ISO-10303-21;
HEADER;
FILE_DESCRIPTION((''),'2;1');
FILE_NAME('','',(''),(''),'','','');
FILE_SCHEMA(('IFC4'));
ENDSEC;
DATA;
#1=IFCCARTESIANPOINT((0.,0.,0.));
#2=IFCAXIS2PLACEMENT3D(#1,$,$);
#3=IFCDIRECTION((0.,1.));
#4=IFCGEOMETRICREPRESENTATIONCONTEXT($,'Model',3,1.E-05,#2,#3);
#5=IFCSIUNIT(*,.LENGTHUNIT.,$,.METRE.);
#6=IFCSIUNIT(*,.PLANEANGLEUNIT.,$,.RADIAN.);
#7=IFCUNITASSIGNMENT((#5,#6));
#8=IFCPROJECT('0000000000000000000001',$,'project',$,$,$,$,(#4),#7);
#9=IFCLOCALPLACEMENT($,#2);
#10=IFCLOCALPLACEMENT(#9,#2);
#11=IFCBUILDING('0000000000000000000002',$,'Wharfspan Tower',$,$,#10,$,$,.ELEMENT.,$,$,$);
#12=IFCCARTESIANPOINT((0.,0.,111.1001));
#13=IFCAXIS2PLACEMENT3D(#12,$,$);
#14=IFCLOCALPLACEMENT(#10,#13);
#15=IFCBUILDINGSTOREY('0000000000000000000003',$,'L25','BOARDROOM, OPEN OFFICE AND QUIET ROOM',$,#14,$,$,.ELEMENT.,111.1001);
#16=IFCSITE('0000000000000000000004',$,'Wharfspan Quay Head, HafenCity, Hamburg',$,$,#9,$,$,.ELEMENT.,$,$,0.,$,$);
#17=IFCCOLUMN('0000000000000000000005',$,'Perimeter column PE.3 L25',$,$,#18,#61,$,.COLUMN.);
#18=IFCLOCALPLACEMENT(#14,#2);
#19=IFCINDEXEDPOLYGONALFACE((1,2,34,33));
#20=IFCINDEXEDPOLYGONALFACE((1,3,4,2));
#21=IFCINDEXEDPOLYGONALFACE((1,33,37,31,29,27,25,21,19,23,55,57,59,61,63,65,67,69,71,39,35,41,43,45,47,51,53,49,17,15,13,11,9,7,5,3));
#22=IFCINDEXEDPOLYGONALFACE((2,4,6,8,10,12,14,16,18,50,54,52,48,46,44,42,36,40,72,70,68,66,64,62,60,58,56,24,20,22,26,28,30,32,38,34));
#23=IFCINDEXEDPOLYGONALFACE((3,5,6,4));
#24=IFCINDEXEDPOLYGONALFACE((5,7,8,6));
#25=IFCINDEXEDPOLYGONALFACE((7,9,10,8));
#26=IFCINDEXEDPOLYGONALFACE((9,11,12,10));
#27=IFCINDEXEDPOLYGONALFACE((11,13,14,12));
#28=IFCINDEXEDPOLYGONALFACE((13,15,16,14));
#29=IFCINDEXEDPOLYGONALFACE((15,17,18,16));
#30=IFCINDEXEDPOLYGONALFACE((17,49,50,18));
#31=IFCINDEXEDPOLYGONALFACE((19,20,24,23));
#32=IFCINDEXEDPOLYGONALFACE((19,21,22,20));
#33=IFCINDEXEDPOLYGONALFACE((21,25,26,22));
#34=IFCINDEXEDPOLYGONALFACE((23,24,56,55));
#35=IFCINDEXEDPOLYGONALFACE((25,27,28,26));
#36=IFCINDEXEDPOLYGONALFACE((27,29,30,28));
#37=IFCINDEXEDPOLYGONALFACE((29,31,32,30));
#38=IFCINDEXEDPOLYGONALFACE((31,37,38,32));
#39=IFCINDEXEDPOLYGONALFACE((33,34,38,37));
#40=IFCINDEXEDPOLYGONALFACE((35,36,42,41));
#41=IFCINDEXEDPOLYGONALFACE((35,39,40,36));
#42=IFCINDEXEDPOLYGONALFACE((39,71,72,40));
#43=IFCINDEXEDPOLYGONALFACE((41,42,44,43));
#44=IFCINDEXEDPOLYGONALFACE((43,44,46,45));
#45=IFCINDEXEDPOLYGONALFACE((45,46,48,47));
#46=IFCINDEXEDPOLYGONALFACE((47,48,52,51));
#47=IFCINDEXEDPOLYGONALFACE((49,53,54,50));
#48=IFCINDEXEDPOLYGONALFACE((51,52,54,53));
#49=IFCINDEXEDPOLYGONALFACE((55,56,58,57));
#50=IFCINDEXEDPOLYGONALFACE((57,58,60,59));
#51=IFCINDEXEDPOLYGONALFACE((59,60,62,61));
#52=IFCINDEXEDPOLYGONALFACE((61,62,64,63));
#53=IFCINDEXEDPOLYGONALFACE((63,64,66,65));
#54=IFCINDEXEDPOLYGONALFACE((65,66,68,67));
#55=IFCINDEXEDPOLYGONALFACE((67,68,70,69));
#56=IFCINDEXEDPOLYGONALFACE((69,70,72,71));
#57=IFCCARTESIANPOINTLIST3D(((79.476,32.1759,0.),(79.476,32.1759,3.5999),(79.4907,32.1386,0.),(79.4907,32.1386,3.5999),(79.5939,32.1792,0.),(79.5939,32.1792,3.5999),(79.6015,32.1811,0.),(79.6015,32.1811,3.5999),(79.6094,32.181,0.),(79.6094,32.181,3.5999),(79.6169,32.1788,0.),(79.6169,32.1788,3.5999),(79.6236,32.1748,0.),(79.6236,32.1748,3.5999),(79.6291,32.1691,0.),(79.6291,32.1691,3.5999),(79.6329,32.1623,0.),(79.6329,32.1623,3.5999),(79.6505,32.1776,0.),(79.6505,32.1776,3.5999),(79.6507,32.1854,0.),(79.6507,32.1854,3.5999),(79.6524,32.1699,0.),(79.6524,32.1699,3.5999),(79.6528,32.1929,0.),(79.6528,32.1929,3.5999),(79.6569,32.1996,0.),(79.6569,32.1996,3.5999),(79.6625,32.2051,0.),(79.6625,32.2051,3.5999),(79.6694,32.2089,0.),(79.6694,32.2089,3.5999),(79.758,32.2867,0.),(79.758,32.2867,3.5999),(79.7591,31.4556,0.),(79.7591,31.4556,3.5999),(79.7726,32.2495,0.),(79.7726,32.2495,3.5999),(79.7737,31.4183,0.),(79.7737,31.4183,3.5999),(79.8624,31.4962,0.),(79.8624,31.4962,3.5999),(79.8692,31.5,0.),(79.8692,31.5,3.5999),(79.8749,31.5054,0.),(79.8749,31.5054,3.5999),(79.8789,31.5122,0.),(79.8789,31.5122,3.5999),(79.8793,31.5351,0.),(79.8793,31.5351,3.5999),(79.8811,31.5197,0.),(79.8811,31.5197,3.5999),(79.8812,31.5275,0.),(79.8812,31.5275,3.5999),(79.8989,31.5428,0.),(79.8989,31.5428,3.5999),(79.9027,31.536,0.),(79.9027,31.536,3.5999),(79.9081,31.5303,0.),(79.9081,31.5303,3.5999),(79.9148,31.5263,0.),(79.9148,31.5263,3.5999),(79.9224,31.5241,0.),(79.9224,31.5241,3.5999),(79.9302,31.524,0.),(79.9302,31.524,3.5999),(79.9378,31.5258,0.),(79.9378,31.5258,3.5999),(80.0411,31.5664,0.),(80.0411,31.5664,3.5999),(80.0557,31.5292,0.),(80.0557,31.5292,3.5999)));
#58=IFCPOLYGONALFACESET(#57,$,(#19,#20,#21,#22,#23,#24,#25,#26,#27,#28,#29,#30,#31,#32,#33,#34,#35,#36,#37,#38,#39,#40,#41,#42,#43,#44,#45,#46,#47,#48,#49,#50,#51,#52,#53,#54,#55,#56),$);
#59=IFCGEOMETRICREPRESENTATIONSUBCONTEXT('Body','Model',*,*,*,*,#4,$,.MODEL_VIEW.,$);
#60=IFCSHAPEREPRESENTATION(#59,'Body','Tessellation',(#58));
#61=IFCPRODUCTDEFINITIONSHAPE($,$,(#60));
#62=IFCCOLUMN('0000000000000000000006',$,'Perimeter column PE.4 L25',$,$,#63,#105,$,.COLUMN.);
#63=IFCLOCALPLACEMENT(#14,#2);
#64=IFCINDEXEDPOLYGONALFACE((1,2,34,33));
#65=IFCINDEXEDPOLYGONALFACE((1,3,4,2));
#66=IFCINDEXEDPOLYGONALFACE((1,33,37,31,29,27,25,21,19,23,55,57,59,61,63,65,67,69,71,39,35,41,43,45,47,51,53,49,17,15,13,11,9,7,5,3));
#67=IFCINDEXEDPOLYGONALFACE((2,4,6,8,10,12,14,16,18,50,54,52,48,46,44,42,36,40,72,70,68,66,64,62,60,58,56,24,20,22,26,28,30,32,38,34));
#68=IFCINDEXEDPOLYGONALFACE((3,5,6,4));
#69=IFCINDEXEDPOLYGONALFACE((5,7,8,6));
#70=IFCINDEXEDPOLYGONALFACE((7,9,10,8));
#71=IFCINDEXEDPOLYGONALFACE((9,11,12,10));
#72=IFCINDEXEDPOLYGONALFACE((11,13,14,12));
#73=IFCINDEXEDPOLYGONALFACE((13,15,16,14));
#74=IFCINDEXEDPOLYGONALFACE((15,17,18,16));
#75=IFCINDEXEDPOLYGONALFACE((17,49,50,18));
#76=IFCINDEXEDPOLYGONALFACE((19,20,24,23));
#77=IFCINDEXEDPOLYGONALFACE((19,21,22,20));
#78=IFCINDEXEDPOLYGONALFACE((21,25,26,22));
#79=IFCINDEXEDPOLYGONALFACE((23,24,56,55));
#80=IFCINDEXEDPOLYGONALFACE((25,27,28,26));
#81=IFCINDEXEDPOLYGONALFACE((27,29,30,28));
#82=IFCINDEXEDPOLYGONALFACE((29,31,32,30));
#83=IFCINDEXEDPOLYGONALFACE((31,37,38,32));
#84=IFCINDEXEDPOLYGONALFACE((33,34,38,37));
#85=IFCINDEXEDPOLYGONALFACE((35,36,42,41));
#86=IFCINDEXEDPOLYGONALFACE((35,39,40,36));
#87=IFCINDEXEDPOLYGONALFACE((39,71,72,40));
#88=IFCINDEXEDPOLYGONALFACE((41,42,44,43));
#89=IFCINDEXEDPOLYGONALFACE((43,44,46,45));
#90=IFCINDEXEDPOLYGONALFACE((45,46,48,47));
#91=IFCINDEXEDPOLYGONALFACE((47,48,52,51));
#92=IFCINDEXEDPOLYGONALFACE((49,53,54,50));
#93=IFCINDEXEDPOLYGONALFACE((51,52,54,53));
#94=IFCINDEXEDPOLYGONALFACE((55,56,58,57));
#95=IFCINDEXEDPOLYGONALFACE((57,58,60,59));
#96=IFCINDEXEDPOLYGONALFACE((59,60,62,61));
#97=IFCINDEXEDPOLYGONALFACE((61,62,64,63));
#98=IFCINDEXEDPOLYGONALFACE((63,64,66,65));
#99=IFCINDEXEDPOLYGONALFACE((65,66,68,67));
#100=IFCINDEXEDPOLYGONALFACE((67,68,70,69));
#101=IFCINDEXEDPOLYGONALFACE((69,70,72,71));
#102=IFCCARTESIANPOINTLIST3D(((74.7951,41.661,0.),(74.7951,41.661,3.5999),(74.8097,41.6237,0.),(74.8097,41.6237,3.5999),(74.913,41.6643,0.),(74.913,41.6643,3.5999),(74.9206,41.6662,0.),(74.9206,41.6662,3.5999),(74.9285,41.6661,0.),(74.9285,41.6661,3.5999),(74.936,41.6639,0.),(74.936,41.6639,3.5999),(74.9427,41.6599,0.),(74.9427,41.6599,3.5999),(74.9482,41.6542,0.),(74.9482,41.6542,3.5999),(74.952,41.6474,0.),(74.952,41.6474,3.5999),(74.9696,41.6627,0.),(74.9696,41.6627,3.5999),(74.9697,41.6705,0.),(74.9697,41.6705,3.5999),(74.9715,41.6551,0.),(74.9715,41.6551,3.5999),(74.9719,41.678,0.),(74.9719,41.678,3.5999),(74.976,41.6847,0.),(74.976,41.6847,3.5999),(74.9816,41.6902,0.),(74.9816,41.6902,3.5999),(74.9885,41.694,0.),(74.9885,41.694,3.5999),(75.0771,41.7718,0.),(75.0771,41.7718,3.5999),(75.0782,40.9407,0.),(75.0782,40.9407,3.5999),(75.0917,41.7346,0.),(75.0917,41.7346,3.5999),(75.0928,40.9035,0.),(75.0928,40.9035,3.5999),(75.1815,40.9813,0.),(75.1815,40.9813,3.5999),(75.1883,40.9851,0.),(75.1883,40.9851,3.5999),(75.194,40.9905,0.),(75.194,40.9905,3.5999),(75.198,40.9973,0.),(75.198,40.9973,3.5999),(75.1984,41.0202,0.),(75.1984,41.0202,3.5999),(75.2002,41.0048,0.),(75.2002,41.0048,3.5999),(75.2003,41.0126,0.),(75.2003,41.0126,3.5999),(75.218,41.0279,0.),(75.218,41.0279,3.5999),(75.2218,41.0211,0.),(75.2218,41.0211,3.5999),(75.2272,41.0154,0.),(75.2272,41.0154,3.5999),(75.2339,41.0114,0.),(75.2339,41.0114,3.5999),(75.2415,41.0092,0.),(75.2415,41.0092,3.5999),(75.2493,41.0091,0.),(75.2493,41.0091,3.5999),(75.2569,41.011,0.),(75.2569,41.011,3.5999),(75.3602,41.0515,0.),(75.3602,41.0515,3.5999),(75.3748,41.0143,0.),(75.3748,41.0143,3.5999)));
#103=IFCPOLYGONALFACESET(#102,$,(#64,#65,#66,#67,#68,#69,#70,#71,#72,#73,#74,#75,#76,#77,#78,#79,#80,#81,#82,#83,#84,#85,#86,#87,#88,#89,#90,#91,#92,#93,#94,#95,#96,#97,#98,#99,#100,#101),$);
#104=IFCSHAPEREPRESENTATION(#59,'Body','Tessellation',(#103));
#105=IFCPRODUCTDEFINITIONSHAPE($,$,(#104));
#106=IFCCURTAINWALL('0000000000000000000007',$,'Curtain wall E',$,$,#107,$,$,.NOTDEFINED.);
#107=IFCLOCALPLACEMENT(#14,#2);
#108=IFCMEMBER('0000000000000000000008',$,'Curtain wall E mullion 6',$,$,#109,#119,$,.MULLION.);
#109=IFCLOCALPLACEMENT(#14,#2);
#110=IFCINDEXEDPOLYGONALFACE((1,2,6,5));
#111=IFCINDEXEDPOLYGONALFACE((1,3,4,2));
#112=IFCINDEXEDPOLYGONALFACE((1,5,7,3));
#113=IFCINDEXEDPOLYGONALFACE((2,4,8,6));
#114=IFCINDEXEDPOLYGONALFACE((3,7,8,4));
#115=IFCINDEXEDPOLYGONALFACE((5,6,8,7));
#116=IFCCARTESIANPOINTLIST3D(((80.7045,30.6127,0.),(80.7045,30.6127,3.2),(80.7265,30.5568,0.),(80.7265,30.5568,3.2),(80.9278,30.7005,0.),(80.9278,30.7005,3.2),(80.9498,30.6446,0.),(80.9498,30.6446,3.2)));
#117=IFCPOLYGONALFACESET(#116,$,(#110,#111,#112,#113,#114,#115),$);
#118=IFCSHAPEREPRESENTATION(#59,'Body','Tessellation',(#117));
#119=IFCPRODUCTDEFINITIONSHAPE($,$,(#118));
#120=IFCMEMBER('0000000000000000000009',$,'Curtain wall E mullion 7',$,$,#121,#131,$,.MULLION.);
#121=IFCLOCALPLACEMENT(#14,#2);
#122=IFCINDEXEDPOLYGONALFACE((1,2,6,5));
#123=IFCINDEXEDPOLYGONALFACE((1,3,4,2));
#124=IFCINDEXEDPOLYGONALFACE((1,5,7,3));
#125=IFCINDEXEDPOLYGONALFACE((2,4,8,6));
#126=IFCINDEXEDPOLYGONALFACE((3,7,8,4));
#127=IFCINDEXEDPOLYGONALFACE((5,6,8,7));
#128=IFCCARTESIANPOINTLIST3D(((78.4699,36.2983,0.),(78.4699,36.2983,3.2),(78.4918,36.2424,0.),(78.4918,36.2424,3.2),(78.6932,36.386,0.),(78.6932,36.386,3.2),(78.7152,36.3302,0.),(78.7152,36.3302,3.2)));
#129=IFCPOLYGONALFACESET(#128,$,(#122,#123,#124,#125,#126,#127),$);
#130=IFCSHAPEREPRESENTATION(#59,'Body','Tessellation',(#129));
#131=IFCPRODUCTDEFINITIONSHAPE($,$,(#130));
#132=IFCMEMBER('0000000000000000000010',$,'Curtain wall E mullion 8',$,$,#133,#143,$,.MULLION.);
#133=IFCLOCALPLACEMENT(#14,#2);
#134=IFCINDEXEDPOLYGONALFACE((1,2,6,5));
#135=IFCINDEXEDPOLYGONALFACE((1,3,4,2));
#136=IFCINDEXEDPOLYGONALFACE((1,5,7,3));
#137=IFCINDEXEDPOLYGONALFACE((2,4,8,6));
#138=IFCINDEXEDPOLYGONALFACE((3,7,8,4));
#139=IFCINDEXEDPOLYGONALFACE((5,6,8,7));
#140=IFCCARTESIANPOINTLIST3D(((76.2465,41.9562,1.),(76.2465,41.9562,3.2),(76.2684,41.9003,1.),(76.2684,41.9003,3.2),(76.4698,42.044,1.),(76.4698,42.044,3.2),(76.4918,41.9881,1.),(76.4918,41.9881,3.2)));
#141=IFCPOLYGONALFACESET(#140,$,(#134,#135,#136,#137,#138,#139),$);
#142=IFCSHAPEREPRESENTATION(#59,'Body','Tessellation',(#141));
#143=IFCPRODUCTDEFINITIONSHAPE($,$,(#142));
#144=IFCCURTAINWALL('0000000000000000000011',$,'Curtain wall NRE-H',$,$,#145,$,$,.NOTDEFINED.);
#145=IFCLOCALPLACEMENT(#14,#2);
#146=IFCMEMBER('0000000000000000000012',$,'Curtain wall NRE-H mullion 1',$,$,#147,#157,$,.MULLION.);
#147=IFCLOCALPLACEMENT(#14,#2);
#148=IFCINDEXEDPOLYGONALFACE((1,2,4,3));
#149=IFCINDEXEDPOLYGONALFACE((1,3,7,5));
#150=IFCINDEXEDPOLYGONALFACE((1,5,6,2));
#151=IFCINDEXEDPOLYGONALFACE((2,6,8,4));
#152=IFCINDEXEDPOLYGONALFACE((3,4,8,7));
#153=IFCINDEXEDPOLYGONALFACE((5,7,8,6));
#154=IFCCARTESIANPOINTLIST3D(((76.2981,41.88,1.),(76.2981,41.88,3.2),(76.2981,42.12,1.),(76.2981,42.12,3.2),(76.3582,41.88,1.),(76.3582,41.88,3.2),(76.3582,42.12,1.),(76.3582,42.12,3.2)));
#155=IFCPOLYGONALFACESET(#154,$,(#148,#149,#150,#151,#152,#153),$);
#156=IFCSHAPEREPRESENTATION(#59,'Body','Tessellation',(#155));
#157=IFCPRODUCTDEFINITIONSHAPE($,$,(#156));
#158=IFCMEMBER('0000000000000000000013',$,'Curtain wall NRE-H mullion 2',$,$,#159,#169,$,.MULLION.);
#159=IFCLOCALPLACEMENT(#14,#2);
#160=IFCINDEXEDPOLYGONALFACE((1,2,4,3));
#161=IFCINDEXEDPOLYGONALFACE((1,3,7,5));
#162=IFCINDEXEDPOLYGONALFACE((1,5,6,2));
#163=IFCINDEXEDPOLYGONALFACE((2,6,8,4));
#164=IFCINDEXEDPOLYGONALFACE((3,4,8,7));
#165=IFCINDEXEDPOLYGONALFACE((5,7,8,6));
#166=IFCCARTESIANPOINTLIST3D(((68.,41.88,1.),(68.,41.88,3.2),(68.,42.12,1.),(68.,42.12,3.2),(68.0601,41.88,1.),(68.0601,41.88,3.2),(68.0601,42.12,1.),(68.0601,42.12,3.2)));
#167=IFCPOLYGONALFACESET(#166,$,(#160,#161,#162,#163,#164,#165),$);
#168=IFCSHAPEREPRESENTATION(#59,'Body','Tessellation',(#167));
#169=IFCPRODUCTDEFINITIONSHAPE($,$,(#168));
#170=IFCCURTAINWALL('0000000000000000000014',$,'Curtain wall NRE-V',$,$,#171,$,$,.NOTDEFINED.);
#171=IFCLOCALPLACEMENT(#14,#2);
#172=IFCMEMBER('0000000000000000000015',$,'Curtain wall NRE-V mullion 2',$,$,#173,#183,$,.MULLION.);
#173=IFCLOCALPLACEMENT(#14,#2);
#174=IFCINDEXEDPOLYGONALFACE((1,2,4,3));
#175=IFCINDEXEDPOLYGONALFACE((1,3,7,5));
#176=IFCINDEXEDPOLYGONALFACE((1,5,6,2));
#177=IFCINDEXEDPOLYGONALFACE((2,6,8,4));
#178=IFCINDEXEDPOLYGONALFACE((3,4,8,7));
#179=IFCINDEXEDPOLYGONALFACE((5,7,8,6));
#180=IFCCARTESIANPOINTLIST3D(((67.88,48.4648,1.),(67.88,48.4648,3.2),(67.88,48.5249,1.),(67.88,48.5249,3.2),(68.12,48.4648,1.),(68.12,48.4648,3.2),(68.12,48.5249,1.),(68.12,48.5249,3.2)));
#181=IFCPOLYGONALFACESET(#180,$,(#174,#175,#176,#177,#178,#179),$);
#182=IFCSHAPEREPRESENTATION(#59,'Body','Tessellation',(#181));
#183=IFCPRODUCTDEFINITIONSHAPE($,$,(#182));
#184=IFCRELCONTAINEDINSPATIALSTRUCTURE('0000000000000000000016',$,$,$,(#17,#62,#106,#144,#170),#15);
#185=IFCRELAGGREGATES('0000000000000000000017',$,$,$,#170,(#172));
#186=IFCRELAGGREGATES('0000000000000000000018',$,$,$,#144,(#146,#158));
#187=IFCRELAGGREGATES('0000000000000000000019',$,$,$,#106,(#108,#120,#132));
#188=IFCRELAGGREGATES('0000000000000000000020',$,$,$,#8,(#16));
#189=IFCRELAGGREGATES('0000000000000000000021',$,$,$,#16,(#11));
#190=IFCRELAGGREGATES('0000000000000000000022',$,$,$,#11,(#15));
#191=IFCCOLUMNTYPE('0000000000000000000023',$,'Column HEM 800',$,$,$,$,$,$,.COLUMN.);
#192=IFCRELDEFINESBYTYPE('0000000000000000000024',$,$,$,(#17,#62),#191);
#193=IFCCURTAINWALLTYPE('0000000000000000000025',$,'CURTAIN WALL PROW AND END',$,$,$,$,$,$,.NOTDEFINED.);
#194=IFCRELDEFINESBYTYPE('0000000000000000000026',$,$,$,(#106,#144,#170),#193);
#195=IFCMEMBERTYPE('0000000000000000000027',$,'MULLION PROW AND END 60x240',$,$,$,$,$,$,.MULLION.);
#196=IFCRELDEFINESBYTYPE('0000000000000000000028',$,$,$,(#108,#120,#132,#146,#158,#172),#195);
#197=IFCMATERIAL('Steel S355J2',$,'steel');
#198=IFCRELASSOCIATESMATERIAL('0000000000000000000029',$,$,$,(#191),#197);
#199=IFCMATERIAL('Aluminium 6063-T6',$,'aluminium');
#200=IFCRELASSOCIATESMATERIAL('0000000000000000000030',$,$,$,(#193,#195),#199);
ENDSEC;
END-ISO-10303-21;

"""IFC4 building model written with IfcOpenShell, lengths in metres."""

from ifc_helpers import new_model, si_unit, direction, frame, origin, origin_2d, place, context, subcontext, project, spatial, rectangle, i_section, extrude, material, material_profile, profile_set, type_object, element, aggregate, save


model = new_model("IFC4")

# Units and contexts
model_context = context("Model", 3, precision=1e-05, world=origin(), true_north=direction((0.0, 1.0)))
body_context = subcontext(model_context, "Body", "Model", "MODEL_VIEW")
ifc_project = project(units=[si_unit("LENGTHUNIT", "METRE"), si_unit("PLANEANGLEUNIT", "RADIAN")], contexts=[model_context])

# Site, building, storey
site_placement = place(None, origin())
site = spatial("IfcSite", under=ifc_project, at=site_placement, Name="Wharfspan Quay Head, HafenCity, Hamburg", CompositionType="ELEMENT", RefElevation=0.0)
building_placement = place(site_placement, origin())
building = spatial("IfcBuilding", under=site, at=building_placement, Name="Wharfspan Tower", CompositionType="ELEMENT")
storey_placement = place(building_placement, frame((0.0, 0.0, 111.1001)))
storey = spatial("IfcBuildingStorey", under=building, at=storey_placement, Name="L25", Description="BOARDROOM, OPEN OFFICE AND QUIET ROOM", CompositionType="ELEMENT", Elevation=111.1001)

# Columns
ifc_material_1 = material(Name="Steel S355J2", Category="steel")
ifc_material_profile_1 = material_profile(ifc_material_1, i_section(OverallWidth=0.303, OverallDepth=0.814, WebThickness=0.021, FlangeThickness=0.04, FilletRadius=0.03, at=origin_2d()))
ifc_profile_set_1 = profile_set([ifc_material_profile_1], Name="Steel S355J2")
column_type = type_object("IfcColumnType", Name="Column HEM 800", PredefinedType="COLUMN", material=ifc_profile_set_1)
for number, where, z_axis, x_axis, name in (
    (1, (79.7659, 31.8525, 0.0), (0.0, 0.0, 1.0), (0.930702, 0.365778, 0.0), "Perimeter column PE.3 L25"),
    (2, (75.085, 41.3376, 0.0), (0.0, 0.0, 1.0), (0.930702, 0.365778, 0.0), "Perimeter column PE.4 L25"),
):
    element("IfcColumn", number, at=place(storey_placement, frame(where, z_axis=z_axis, x_axis=x_axis)), inside=storey, type_object=column_type, Name=name, PredefinedType="COLUMN", context=body_context, shape_type="SweptSolid", body=[
        extrude(i_section(OverallWidth=0.303, OverallDepth=0.814, WebThickness=0.021, FlangeThickness=0.04, FilletRadius=0.03, at=origin_2d()), origin(), (0.0, 0.0, 1.0), 3.5999),
    ])

# Curtain walls, members
ifc_material_2 = material(Name="Aluminium 6063-T6", Category="aluminium")
curtain_wall_type = type_object("IfcCurtainWallType", Name="CURTAIN WALL PROW AND END", PredefinedType="NOTDEFINED", material=ifc_material_2)
curtain_wall_1_placement = place(storey_placement, origin())
curtain_wall_1 = element("IfcCurtainWall", 3, at=curtain_wall_1_placement, inside=storey, type_object=curtain_wall_type, Name="Curtain wall E", PredefinedType="NOTDEFINED")
ifc_material_profile_2 = material_profile(ifc_material_2, rectangle(XDim=0.24, YDim=0.0601, at=origin_2d()))
ifc_profile_set_2 = profile_set([ifc_material_profile_2], Name="Aluminium 6063-T6")
member_type_1 = type_object("IfcMemberType", Name="MULLION PROW AND END 60x240", PredefinedType="MULLION", material=ifc_profile_set_2)
member_1_placement = place(storey_placement, frame((80.8271, 30.6287, 0.0), z_axis=(0.0, 0.0, 1.0), x_axis=(-0.930702, -0.365778, 0.0)))
member_1 = element("IfcMember", 4, at=member_1_placement, type_object=member_type_1, Name="Curtain wall E mullion 6", PredefinedType="MULLION", context=body_context, shape_type="SweptSolid", body=[
    extrude(rectangle(XDim=0.24, YDim=0.0601, at=origin_2d()), origin(), (0.0, 0.0, 1.0), 3.2),
])
member_2_placement = place(storey_placement, frame((78.5925, 36.3142, 0.0), z_axis=(0.0, 0.0, 1.0), x_axis=(-0.930702, -0.365778, 0.0)))
member_2 = element("IfcMember", 5, at=member_2_placement, type_object=member_type_1, Name="Curtain wall E mullion 7", PredefinedType="MULLION", context=body_context, shape_type="SweptSolid", body=[
    extrude(rectangle(XDim=0.24, YDim=0.0601, at=origin_2d()), origin(), (0.0, 0.0, 1.0), 3.2),
])
member_3_placement = place(storey_placement, frame((76.3691, 41.9722, 1.0), z_axis=(0.0, 0.0, 1.0), x_axis=(-0.930702, -0.365778, 0.0)))
member_3 = element("IfcMember", 6, at=member_3_placement, type_object=member_type_1, Name="Curtain wall E mullion 8", PredefinedType="MULLION", context=body_context, shape_type="SweptSolid", body=[
    extrude(rectangle(XDim=0.24, YDim=0.0601, at=origin_2d()), origin(), (0.0, 0.0, 1.0), 2.2),
])
curtain_wall_2_placement = place(storey_placement, origin())
curtain_wall_2 = element("IfcCurtainWall", 7, at=curtain_wall_2_placement, inside=storey, type_object=curtain_wall_type, Name="Curtain wall NRE-H", PredefinedType="NOTDEFINED")
member_4_placement = place(storey_placement, frame((76.3281, 42.0, 1.0), z_axis=(0.0, 0.0, 1.0), x_axis=(0.0, -1.0, 0.0)))
member_4 = element("IfcMember", 8, at=member_4_placement, type_object=member_type_1, Name="Curtain wall NRE-H mullion 1", PredefinedType="MULLION", context=body_context, shape_type="SweptSolid", body=[
    extrude(rectangle(XDim=0.24, YDim=0.0601, at=origin_2d()), origin(), (0.0, 0.0, 1.0), 2.2),
])
member_5_placement = place(storey_placement, frame((68.03, 42.0, 1.0), z_axis=(0.0, 0.0, 1.0), x_axis=(0.0, -1.0, 0.0)))
member_5 = element("IfcMember", 9, at=member_5_placement, type_object=member_type_1, Name="Curtain wall NRE-H mullion 2", PredefinedType="MULLION", context=body_context, shape_type="SweptSolid", body=[
    extrude(rectangle(XDim=0.24, YDim=0.0601, at=origin_2d()), origin(), (0.0, 0.0, 1.0), 2.2),
])

# Curtain wall, member
curtain_wall_3_placement = place(storey_placement, origin())
curtain_wall_3 = element("IfcCurtainWall", 10, at=curtain_wall_3_placement, inside=storey, type_object=curtain_wall_type, Name="Curtain wall NRE-V", PredefinedType="NOTDEFINED")
member_6_placement = place(storey_placement, frame((68.0, 48.4949, 1.0), z_axis=(0.0, 0.0, 1.0), x_axis=(-1.0, 0.0, 0.0)))
member_6 = element("IfcMember", 11, at=member_6_placement, type_object=member_type_1, Name="Curtain wall NRE-V mullion 2", PredefinedType="MULLION", context=body_context, shape_type="SweptSolid", body=[
    extrude(rectangle(XDim=0.24, YDim=0.0601, at=origin_2d()), origin(), (0.0, 0.0, 1.0), 2.2),
])

aggregate(curtain_wall_3, [member_6])

aggregate(curtain_wall_2, [member_4, member_5])
aggregate(curtain_wall_1, [member_1, member_2, member_3])

save(model, "model.ifc")
